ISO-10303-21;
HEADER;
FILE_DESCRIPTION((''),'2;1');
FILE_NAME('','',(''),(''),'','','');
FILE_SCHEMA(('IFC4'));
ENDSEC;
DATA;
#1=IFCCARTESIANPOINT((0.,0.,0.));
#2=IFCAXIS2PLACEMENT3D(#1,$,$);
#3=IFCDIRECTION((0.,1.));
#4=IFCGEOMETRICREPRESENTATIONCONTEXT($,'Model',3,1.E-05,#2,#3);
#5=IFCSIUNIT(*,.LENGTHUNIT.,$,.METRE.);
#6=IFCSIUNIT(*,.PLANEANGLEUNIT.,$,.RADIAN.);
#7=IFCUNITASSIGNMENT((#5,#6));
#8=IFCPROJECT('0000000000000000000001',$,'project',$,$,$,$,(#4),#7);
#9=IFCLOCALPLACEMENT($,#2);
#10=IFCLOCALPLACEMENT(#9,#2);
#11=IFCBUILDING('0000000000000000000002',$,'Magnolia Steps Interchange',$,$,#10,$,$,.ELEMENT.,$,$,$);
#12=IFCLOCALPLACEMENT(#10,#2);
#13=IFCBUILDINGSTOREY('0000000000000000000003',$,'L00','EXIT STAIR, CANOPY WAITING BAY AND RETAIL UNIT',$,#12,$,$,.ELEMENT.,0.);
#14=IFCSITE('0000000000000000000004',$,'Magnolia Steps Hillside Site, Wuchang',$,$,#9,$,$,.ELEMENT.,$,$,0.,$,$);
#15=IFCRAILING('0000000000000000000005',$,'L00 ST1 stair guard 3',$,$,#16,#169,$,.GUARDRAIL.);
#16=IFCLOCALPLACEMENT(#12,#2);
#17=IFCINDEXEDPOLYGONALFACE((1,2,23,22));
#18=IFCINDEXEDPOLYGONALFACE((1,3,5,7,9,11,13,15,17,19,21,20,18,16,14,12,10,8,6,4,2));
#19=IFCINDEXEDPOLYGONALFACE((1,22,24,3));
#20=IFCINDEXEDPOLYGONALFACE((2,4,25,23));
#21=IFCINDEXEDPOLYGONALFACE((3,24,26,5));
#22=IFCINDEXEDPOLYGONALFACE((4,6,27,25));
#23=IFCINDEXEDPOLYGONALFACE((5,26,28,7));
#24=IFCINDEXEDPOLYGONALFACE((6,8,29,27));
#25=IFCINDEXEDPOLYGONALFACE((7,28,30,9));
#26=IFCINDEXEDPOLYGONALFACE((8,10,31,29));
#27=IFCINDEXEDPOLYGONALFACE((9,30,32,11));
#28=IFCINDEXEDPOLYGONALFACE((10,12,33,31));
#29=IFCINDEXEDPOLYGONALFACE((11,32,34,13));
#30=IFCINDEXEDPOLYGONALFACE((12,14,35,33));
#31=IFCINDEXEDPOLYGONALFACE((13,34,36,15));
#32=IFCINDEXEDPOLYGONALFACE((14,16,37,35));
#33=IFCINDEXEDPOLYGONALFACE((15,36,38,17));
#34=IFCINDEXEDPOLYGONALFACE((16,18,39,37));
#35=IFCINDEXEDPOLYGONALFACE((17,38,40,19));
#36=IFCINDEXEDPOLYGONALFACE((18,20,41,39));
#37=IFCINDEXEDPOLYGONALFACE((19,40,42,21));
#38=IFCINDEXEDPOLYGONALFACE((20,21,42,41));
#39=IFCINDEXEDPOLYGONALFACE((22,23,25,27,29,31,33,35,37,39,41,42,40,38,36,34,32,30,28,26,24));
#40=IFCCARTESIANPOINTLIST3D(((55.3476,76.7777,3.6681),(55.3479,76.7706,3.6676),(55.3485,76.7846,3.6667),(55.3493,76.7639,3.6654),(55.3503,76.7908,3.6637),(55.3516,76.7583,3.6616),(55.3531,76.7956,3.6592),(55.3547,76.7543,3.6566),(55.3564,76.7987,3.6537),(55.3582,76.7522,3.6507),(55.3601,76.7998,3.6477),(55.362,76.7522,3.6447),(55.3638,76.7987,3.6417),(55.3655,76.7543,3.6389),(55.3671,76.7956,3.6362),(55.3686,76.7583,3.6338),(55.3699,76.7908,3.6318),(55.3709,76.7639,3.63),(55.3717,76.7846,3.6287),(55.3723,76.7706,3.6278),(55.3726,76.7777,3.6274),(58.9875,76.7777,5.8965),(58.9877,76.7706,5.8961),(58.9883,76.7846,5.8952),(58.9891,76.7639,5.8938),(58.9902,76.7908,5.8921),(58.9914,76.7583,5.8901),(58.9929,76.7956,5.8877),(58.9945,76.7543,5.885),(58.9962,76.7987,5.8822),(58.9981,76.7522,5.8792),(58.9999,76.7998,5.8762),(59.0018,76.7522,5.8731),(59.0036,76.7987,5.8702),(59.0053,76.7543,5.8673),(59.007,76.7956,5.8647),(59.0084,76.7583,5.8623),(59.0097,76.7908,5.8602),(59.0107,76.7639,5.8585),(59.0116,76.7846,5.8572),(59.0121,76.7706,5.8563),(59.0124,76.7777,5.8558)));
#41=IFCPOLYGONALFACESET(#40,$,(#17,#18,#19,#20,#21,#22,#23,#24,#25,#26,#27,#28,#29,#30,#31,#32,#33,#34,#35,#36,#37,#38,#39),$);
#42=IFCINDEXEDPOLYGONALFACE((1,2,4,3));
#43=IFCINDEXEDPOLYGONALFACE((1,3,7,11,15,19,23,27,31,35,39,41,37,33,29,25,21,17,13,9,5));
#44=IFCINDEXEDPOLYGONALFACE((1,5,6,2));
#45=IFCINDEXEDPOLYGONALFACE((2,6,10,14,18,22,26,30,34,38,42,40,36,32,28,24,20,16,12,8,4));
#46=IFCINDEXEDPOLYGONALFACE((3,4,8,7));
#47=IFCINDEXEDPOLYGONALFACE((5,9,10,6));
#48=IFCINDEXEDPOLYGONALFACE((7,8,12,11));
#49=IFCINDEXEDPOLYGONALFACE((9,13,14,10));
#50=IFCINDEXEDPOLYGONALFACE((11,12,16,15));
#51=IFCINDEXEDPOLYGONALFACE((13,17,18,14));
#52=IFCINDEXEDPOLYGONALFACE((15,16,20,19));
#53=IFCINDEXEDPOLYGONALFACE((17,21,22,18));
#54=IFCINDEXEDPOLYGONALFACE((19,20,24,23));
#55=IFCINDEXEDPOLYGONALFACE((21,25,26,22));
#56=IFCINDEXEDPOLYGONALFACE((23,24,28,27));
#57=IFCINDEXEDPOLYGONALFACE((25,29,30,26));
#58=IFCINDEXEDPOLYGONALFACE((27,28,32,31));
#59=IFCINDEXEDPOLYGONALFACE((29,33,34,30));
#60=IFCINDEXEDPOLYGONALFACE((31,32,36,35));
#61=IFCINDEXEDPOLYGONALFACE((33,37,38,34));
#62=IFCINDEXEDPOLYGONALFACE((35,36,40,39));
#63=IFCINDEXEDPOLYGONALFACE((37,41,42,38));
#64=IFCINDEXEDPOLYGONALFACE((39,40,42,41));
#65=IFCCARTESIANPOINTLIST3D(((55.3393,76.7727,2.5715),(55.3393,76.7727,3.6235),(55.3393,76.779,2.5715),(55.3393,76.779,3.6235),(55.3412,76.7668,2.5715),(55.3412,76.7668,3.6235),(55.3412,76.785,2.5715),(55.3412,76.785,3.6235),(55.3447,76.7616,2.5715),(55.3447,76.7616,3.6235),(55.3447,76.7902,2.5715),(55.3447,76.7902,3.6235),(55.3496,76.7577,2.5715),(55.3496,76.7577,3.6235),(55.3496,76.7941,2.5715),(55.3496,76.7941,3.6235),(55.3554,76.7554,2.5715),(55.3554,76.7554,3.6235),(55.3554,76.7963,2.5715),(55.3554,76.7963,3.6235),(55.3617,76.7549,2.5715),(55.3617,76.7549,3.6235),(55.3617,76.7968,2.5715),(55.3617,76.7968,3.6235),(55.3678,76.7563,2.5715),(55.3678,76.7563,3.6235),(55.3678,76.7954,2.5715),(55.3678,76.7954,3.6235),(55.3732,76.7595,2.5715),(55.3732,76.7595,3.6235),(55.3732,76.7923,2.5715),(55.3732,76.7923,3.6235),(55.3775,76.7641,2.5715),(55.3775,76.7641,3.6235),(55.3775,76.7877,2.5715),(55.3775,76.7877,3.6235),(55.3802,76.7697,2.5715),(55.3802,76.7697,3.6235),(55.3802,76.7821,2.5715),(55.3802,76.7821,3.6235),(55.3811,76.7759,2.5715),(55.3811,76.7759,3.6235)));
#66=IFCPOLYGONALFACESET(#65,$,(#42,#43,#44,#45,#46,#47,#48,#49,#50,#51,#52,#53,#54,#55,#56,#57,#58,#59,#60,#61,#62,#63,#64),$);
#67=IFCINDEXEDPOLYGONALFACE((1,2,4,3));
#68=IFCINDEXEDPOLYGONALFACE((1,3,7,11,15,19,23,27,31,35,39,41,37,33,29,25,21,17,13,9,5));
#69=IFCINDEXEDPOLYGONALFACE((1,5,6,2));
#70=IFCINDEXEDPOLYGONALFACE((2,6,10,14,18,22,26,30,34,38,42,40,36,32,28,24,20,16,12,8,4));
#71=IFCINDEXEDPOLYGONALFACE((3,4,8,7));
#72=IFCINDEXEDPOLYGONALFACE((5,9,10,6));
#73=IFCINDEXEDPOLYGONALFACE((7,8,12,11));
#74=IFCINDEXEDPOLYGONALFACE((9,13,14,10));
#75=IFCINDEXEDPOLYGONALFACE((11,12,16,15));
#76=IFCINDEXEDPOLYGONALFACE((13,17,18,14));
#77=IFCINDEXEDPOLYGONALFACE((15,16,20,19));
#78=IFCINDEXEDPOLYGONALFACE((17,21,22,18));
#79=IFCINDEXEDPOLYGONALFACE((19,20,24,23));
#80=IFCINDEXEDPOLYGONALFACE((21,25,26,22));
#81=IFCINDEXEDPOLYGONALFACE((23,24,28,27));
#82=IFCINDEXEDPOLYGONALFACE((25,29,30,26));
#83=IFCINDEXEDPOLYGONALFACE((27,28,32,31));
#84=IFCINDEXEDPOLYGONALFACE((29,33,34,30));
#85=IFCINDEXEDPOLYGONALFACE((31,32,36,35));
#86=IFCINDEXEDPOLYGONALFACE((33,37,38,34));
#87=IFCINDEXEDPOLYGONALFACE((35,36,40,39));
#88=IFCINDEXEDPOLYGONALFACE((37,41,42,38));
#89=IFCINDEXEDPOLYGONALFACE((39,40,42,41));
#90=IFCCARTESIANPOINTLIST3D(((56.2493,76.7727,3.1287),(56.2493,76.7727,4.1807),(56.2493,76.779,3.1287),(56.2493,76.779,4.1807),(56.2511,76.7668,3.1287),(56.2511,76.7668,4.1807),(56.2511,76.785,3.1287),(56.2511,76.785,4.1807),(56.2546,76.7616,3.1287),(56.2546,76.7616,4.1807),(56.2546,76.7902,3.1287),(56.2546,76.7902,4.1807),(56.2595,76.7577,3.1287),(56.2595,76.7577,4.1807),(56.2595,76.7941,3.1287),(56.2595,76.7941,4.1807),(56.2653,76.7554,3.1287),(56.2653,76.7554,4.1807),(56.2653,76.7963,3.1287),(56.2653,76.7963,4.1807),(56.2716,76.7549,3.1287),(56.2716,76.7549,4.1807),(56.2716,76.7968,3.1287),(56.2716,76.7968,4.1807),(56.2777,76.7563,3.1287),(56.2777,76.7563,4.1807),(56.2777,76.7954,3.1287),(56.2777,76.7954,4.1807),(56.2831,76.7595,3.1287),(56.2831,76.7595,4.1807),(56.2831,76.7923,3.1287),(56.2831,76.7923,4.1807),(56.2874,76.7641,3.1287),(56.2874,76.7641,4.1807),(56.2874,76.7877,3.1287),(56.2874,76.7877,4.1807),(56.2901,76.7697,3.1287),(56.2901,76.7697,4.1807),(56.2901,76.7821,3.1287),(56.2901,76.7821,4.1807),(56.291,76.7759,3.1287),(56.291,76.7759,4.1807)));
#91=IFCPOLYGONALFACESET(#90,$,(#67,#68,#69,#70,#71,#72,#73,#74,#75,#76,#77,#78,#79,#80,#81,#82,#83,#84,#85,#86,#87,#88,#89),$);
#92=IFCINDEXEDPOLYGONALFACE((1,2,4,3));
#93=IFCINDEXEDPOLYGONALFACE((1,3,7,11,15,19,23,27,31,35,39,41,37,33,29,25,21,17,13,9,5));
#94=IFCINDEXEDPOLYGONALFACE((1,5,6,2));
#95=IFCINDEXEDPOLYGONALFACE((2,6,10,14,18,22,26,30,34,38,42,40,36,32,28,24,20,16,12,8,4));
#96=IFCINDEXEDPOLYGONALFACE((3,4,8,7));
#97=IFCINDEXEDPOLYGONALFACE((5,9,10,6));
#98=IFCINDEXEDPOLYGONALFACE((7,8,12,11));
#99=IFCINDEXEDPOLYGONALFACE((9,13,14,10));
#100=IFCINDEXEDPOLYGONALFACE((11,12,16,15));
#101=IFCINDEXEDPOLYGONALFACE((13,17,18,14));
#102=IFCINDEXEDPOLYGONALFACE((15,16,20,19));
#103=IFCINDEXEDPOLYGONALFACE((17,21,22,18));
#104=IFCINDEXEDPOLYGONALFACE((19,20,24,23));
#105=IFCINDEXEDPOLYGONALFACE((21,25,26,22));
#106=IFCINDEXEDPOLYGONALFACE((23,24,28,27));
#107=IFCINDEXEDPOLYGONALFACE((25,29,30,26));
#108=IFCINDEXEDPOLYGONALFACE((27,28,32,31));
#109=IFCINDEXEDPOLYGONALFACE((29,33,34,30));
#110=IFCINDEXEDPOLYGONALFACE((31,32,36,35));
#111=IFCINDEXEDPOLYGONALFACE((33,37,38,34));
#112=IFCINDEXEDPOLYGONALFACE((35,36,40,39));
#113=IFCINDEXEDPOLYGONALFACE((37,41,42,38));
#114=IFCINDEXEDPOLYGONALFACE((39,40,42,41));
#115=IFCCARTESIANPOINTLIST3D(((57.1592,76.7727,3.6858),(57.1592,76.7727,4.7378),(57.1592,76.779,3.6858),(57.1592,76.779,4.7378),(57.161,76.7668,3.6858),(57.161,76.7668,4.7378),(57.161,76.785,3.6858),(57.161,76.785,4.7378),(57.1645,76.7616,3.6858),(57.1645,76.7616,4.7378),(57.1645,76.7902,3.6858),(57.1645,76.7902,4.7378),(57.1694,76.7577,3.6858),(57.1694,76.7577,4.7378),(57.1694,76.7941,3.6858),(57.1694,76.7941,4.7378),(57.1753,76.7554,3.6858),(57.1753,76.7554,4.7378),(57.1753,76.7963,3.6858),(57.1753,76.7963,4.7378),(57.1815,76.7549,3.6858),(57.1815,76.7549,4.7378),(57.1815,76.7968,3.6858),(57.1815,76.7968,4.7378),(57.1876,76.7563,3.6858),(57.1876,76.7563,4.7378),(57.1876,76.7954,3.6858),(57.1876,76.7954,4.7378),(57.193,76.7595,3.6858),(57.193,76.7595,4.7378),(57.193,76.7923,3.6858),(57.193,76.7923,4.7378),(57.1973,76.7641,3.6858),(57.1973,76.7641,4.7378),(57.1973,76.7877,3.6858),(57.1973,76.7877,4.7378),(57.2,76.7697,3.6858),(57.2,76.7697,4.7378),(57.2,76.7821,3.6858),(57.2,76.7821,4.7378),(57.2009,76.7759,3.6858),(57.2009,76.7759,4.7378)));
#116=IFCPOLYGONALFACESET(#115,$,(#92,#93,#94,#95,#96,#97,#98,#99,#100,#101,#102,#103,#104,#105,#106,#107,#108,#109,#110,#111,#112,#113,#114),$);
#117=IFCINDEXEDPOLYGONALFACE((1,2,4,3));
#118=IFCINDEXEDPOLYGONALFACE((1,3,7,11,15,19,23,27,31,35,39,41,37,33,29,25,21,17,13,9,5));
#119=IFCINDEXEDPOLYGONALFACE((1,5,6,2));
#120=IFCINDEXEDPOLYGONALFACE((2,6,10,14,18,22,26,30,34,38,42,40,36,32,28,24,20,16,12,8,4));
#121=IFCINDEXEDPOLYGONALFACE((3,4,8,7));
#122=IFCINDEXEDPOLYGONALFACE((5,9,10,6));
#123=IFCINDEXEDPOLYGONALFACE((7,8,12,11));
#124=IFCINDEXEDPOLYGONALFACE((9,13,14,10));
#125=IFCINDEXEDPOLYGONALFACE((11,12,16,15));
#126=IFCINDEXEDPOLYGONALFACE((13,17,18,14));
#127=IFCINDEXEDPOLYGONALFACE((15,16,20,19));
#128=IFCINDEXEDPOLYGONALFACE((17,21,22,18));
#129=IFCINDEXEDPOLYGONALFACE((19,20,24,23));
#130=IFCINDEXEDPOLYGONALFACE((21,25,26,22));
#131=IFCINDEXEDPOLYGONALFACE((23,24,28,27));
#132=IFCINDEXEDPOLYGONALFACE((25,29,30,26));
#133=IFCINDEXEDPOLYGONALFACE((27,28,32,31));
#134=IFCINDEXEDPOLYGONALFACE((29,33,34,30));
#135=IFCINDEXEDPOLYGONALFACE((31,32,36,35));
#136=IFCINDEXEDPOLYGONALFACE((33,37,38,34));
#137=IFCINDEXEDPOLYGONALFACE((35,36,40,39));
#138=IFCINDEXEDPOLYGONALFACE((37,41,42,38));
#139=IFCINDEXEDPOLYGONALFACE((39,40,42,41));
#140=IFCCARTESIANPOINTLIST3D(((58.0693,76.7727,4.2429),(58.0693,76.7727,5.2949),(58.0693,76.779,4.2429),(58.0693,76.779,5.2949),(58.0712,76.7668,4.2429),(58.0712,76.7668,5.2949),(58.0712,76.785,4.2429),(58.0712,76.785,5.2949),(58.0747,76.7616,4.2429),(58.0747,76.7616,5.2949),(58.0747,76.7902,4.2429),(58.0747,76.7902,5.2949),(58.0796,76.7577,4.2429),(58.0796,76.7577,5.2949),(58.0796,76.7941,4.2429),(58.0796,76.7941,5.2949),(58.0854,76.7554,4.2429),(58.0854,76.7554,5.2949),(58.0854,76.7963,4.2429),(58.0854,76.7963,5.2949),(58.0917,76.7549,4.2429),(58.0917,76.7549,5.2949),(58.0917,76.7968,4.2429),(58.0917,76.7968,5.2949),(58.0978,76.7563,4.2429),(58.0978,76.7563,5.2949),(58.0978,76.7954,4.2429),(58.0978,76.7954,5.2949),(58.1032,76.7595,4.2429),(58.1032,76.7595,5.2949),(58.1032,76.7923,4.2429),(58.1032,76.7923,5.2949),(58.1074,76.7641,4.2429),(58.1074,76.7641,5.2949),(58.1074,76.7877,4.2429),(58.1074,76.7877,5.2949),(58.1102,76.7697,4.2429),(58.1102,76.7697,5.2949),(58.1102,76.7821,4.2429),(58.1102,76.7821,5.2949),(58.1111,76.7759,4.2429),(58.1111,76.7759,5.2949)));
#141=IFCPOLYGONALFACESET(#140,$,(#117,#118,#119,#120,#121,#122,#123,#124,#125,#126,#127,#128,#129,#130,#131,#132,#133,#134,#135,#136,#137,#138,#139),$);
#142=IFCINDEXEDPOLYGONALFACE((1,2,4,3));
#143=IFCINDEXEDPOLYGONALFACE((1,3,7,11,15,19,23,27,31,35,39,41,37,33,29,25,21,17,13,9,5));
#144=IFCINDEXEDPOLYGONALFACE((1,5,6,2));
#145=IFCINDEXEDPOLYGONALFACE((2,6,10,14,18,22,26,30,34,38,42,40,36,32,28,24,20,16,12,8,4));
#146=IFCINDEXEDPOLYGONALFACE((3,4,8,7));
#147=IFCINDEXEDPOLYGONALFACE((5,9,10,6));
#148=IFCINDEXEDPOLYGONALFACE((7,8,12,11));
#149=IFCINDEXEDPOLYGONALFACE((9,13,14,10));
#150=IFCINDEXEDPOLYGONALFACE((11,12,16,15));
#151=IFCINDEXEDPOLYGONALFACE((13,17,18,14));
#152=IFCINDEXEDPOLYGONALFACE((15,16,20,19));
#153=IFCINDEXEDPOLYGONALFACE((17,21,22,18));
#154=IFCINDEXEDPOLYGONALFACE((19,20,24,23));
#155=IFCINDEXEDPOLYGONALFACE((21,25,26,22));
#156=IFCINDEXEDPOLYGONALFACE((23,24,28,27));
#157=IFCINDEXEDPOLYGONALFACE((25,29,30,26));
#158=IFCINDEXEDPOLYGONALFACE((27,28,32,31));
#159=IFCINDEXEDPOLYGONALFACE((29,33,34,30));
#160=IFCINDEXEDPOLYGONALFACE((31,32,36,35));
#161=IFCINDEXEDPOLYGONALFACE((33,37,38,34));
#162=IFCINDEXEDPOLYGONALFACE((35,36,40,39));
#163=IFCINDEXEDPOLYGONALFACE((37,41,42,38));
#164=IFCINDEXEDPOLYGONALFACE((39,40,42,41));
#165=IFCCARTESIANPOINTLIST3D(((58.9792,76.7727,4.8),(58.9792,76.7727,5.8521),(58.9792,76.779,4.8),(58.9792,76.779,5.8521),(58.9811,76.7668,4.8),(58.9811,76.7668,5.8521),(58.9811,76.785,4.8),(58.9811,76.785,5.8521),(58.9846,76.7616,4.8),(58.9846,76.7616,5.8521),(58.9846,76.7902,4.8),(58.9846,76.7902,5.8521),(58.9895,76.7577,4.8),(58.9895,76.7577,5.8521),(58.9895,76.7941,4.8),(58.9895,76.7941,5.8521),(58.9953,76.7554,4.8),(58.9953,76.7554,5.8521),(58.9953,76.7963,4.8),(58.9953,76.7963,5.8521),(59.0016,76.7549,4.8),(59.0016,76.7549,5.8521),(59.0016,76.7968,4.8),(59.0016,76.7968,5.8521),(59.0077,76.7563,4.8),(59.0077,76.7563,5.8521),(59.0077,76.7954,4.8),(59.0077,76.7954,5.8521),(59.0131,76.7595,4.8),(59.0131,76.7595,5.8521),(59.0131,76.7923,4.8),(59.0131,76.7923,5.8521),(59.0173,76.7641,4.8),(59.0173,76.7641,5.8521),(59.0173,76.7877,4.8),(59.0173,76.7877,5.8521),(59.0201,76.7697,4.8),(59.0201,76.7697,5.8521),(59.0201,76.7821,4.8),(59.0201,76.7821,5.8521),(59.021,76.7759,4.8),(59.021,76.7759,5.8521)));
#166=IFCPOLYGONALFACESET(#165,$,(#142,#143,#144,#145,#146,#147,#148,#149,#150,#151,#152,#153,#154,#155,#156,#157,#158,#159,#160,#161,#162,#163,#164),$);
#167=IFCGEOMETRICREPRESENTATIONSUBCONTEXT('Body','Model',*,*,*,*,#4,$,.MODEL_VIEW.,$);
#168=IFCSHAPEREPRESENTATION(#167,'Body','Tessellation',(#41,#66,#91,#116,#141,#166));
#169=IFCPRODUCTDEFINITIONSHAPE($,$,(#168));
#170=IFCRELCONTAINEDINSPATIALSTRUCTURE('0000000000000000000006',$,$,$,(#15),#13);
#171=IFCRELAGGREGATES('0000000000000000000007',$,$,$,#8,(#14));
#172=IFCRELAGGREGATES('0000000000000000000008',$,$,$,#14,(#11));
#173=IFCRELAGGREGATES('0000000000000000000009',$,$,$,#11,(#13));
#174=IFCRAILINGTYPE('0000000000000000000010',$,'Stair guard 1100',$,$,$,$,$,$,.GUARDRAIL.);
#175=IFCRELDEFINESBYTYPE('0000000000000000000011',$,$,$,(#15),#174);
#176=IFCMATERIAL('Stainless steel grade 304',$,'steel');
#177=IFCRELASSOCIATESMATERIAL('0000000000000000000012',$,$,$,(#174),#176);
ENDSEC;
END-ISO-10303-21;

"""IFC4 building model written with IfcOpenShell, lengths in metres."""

from ifc_helpers import new_model, si_unit, direction, frame, origin, origin_2d, place, context, subcontext, project, spatial, circle, extrude, material, type_object, element, save


model = new_model("IFC4")

# Units and contexts
model_context = context("Model", 3, precision=1e-05, world=origin(), true_north=direction((0.0, 1.0)))
body_context = subcontext(model_context, "Body", "Model", "MODEL_VIEW")
ifc_project = project(units=[si_unit("LENGTHUNIT", "METRE"), si_unit("PLANEANGLEUNIT", "RADIAN")], contexts=[model_context])

# Site, building, storey
site_placement = place(None, origin())
site = spatial("IfcSite", under=ifc_project, at=site_placement, Name="Magnolia Steps Hillside Site, Wuchang", CompositionType="ELEMENT", RefElevation=0.0)
building_placement = place(site_placement, origin())
building = spatial("IfcBuilding", under=site, at=building_placement, Name="Magnolia Steps Interchange", CompositionType="ELEMENT")
storey_placement = place(building_placement, origin())
storey = spatial("IfcBuildingStorey", under=building, at=storey_placement, Name="L00", Description="EXIT STAIR, CANOPY WAITING BAY AND RETAIL UNIT", CompositionType="ELEMENT", Elevation=0.0)

# Railing
ifc_material_1 = material(Name="Stainless steel grade 304", Category="steel")
railing_type_1 = type_object("IfcRailingType", Name="Stair guard 1100", PredefinedType="GUARDRAIL", material=ifc_material_1)
railing_1_placement = place(storey_placement, frame((55.3601, 76.7759, 2.5715)))
element("IfcRailing", 1, at=railing_1_placement, inside=storey, type_object=railing_type_1, Name="L00 ST1 stair guard 3", PredefinedType="GUARDRAIL", context=body_context, shape_type="SweptSolid", body=[
    extrude(circle(Radius=0.0239, at=origin_2d()), frame((0.0, 0.0, 1.0762), z_axis=(0.85285, 0.0, 0.522156), x_axis=(0.0, 1.0, 0.0)), (0.0, 0.0, 1.0), 4.2678),
    extrude(circle(Radius=0.021, at=origin_2d()), origin(), (0.0, 0.0, 1.0), 1.052),
    extrude(circle(Radius=0.021, at=origin_2d()), frame((0.9099, 0.0, 0.5571)), (0.0, 0.0, 1.0), 1.052),
    extrude(circle(Radius=0.021, at=origin_2d()), frame((1.8198, 0.0, 1.1143)), (0.0, 0.0, 1.0), 1.052),
    extrude(circle(Radius=0.021, at=origin_2d()), frame((2.73, 0.0, 1.6714)), (0.0, 0.0, 1.0), 1.052),
    extrude(circle(Radius=0.021, at=origin_2d()), frame((3.6399, 0.0, 2.2285)), (0.0, 0.0, 1.0), 1.052),
])

save(model, "model.ifc")
